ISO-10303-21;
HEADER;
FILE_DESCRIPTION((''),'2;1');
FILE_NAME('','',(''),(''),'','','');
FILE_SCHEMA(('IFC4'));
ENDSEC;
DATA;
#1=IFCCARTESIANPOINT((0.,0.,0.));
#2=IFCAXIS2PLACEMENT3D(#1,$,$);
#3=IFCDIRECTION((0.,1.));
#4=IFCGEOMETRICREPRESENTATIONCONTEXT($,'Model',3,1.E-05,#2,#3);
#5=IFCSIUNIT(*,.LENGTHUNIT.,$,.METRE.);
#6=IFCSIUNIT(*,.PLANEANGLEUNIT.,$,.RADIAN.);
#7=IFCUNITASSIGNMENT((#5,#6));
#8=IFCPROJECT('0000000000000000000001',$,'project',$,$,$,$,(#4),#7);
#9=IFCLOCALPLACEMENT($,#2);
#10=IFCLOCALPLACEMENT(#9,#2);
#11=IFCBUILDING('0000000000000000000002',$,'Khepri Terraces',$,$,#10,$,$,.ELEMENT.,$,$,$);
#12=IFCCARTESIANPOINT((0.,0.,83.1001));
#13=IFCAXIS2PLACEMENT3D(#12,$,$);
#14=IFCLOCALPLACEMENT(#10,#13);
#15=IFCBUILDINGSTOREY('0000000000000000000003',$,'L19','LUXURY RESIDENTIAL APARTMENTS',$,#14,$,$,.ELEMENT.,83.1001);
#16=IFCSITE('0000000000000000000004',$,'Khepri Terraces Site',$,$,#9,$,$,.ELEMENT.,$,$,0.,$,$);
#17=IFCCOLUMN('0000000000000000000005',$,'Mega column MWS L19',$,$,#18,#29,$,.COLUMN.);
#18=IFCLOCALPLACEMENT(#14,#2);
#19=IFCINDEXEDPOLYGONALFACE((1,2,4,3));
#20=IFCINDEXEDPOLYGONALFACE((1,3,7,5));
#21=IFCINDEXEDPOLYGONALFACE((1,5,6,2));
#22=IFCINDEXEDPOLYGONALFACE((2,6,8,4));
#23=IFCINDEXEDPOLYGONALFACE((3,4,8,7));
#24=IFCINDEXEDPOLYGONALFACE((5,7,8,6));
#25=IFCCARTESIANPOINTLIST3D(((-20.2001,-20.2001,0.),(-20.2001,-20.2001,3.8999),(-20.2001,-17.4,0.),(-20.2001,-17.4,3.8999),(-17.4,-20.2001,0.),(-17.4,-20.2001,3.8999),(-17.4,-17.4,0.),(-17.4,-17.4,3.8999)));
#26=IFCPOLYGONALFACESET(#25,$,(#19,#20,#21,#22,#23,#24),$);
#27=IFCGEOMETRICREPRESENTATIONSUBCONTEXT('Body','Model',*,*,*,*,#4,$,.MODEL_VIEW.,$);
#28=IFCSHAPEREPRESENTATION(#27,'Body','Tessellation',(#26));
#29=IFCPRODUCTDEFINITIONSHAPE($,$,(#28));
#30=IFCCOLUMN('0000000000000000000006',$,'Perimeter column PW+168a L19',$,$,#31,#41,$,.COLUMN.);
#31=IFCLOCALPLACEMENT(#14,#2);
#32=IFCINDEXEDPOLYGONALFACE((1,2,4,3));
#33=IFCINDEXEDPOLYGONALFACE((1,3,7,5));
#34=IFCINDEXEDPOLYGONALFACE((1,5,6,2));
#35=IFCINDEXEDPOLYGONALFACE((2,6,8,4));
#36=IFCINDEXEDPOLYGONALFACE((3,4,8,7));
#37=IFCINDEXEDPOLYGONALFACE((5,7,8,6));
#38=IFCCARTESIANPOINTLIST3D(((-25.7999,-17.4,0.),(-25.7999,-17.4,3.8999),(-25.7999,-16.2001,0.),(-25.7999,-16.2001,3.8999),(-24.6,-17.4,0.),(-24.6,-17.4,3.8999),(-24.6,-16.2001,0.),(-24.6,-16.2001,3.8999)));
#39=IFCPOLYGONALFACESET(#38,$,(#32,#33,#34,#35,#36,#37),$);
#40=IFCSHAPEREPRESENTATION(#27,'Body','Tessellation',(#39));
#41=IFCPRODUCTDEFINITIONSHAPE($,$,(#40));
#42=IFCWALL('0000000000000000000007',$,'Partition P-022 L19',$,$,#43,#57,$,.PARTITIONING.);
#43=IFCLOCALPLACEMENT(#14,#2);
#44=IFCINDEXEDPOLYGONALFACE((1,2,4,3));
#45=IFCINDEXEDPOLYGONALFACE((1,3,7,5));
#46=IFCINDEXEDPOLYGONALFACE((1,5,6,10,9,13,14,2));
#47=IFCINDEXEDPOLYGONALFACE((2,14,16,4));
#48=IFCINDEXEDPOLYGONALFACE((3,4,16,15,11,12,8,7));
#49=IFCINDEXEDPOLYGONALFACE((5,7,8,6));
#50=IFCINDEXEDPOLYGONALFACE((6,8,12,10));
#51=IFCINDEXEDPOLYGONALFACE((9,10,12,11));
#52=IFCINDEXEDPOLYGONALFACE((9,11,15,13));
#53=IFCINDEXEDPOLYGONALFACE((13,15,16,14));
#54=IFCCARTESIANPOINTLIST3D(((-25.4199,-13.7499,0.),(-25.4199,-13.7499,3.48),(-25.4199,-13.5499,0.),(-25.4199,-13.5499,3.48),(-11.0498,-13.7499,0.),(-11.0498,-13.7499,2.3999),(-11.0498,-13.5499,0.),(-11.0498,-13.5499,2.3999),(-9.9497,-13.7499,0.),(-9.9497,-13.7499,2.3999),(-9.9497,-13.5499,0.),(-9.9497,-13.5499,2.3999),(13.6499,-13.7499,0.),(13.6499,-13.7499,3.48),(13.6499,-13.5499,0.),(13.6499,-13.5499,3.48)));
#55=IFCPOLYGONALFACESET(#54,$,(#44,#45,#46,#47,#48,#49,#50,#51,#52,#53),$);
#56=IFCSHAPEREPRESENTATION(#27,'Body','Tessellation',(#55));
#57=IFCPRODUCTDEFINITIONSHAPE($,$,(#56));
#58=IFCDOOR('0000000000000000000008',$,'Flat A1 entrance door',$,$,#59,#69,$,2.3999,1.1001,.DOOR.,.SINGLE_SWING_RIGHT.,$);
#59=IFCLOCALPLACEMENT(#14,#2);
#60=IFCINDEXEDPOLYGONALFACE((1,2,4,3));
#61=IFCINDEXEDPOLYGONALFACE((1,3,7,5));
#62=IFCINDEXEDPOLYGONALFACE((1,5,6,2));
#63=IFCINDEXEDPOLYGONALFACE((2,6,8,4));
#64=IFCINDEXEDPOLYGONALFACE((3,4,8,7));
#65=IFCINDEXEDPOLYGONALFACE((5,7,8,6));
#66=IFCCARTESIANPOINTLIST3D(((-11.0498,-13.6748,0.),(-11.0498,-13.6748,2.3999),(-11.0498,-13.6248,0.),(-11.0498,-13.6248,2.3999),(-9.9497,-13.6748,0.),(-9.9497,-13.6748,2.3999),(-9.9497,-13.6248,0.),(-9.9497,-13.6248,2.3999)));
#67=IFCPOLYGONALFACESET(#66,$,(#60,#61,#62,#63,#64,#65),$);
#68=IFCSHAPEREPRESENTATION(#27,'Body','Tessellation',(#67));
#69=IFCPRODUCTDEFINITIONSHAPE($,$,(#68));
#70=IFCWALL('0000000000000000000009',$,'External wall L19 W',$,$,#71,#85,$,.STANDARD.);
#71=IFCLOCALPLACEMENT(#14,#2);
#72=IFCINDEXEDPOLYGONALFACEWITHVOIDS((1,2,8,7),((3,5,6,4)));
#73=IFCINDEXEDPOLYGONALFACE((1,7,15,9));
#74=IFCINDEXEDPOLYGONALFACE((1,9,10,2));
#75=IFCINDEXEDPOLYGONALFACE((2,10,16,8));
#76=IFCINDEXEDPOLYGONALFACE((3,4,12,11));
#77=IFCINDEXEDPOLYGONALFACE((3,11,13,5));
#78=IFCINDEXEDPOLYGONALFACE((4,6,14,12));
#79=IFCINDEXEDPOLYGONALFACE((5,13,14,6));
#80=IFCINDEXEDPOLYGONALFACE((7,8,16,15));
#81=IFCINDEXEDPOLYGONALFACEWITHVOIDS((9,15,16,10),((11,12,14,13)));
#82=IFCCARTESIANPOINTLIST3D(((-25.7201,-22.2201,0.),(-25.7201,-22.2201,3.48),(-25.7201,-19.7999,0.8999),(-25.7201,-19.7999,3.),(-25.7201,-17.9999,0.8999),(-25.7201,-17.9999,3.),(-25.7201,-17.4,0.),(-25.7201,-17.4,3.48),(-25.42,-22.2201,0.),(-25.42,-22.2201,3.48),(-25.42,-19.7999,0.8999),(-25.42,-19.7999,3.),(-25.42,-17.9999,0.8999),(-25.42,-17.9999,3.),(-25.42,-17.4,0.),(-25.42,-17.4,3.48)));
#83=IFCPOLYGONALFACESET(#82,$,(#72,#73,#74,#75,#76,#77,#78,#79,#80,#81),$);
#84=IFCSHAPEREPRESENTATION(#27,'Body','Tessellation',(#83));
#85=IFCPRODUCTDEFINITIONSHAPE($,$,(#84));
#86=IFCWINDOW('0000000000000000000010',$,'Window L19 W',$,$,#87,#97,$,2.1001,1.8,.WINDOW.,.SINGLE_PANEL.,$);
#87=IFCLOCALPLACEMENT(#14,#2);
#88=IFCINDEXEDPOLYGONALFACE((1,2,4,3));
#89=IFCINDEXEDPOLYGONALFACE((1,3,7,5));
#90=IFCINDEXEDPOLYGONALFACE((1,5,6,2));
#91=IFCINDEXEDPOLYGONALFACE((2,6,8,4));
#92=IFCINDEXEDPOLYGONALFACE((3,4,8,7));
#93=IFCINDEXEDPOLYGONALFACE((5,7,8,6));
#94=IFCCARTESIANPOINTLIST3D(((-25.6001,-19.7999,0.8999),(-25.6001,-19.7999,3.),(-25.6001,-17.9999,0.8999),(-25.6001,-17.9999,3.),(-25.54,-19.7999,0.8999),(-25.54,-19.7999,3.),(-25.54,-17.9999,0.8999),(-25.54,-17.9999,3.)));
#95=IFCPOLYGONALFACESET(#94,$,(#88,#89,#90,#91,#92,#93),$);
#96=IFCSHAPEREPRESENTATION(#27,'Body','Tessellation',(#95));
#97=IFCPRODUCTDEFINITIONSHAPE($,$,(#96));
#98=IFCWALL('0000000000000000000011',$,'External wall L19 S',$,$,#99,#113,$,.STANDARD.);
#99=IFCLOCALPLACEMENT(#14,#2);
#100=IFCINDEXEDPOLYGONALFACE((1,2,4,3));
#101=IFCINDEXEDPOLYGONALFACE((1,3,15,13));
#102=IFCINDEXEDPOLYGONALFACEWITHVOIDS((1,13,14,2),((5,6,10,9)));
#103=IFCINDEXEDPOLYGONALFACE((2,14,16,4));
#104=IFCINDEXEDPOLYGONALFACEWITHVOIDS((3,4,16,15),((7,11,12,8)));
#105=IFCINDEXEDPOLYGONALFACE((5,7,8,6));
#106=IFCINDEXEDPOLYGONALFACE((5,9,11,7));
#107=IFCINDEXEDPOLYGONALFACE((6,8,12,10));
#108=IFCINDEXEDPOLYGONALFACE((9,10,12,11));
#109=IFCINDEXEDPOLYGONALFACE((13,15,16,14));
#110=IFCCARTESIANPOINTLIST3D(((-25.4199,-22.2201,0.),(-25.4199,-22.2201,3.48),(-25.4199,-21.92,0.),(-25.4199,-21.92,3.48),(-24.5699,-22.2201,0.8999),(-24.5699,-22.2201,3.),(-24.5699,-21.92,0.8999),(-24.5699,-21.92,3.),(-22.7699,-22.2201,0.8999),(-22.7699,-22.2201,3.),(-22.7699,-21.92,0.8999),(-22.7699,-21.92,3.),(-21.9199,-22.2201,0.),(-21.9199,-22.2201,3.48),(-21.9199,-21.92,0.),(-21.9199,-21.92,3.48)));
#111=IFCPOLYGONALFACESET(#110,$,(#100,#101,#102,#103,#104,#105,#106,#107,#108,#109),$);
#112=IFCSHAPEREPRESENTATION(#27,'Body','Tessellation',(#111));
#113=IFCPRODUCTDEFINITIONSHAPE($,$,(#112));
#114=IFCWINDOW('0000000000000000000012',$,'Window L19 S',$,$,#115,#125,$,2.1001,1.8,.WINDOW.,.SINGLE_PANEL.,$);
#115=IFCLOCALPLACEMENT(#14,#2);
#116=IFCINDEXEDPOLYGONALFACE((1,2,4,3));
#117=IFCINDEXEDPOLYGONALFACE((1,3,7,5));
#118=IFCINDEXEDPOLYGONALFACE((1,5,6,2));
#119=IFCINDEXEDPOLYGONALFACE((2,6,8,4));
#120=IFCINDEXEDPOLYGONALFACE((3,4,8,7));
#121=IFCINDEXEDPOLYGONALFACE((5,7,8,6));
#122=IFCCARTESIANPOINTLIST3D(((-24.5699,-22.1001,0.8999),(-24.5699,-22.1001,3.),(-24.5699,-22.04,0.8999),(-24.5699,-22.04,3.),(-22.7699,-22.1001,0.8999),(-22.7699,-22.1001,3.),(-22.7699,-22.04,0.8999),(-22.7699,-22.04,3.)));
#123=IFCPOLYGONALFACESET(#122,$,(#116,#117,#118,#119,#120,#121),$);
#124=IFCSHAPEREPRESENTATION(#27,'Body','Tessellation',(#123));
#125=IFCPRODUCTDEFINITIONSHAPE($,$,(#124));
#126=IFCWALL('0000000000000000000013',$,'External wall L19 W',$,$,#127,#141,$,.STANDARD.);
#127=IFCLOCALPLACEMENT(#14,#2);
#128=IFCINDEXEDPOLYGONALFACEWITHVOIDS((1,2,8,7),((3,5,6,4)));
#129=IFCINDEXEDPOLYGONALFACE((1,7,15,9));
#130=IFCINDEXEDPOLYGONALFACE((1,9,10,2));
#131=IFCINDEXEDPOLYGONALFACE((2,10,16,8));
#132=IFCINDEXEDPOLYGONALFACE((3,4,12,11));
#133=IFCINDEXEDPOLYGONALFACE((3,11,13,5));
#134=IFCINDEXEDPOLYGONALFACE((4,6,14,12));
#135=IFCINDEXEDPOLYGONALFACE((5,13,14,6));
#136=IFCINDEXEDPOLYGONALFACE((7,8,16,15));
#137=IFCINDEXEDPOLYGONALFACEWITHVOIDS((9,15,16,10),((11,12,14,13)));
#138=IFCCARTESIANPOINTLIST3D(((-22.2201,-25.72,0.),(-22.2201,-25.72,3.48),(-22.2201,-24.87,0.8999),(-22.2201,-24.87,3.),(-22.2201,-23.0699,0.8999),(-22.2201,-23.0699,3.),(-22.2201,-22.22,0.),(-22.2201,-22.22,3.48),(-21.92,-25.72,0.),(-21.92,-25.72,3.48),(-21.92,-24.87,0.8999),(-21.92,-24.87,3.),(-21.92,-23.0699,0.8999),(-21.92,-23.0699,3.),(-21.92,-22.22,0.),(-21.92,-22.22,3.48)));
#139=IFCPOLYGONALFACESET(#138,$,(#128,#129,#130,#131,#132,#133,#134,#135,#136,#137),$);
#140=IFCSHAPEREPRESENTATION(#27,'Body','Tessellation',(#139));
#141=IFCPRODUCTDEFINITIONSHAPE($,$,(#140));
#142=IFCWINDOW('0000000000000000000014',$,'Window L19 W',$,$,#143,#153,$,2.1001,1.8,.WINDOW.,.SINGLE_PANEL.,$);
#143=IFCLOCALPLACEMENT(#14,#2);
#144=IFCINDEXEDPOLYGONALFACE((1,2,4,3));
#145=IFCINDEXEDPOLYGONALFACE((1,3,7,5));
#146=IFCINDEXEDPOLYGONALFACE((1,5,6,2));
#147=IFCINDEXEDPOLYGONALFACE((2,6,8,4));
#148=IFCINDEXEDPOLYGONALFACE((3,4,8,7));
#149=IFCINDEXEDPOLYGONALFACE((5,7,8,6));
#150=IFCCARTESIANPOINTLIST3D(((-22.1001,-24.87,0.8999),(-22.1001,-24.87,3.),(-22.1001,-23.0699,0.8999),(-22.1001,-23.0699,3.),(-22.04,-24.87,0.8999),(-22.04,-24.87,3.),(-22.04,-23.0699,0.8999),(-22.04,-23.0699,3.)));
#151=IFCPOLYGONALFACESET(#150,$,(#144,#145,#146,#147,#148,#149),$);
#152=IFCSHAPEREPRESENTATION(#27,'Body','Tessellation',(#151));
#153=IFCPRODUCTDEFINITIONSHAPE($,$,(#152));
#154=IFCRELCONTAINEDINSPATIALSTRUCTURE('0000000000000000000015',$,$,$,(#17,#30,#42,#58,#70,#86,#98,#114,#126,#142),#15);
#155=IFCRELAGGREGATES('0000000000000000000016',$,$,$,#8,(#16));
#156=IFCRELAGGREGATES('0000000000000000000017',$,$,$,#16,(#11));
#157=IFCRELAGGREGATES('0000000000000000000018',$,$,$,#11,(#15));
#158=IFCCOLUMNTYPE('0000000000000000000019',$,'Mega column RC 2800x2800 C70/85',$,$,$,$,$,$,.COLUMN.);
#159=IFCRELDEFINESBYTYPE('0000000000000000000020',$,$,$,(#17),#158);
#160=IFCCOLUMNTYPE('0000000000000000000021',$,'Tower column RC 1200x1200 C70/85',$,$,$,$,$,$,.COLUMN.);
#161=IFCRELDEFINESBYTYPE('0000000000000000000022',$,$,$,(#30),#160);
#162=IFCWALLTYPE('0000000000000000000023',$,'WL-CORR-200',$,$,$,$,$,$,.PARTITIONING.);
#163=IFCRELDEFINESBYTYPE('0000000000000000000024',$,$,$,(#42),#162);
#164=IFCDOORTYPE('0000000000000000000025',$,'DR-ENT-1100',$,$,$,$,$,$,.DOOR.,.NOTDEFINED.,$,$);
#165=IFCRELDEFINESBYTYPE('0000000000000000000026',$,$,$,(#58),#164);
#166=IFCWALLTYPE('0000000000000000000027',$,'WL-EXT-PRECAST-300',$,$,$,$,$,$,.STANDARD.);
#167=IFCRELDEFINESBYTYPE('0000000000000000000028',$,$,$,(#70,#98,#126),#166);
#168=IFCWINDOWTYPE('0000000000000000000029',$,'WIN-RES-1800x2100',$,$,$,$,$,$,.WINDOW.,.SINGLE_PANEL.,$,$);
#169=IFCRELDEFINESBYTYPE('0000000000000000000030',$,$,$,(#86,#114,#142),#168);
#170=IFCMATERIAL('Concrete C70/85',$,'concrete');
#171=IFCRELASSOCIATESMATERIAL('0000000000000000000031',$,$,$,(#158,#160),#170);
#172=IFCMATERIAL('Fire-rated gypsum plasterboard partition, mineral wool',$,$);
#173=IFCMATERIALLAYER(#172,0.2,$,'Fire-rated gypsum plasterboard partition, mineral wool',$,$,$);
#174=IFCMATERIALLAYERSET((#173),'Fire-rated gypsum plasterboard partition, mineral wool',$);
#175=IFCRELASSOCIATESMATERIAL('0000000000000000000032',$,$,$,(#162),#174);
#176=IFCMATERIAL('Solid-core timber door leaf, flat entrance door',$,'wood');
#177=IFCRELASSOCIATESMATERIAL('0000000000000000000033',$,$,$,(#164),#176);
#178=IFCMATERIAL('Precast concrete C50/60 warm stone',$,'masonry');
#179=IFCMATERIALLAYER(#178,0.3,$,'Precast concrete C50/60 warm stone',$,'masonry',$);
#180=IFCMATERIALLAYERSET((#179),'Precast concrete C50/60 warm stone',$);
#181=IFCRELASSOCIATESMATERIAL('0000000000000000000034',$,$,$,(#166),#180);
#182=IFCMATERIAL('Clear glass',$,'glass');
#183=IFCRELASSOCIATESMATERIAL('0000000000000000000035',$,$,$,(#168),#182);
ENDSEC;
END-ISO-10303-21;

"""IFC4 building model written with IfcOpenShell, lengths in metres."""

from ifc_helpers import new_model, si_unit, direction, frame, frame_2d, origin, origin_2d, place, context, subcontext, project, spatial, rectangle, extrude, material, layer, layer_set, material_profile, profile_set, type_object, element, fill, save


model = new_model("IFC4")

# Units and contexts
model_context = context("Model", 3, precision=1e-05, world=origin(), true_north=direction((0.0, 1.0)))
body_context = subcontext(model_context, "Body", "Model", "MODEL_VIEW")
ifc_project = project(units=[si_unit("LENGTHUNIT", "METRE"), si_unit("PLANEANGLEUNIT", "RADIAN")], contexts=[model_context])

# Site, building, storey
site_placement = place(None, origin())
site = spatial("IfcSite", under=ifc_project, at=site_placement, Name="Khepri Terraces Site", CompositionType="ELEMENT", RefElevation=0.0)
building_placement = place(site_placement, origin())
building = spatial("IfcBuilding", under=site, at=building_placement, Name="Khepri Terraces", CompositionType="ELEMENT")
storey_placement = place(building_placement, frame((0.0, 0.0, 83.1001)))
storey = spatial("IfcBuildingStorey", under=building, at=storey_placement, Name="L19", Description="LUXURY RESIDENTIAL APARTMENTS", CompositionType="ELEMENT", Elevation=83.1001)

# Columns
ifc_material_1 = material(Name="Concrete C70/85", Category="concrete")
ifc_material_profile_1 = material_profile(ifc_material_1, rectangle(XDim=2.8, YDim=2.8, at=origin_2d()), Name="Concrete C70/85", Category="concrete")
ifc_profile_set_1 = profile_set([ifc_material_profile_1], Name="Concrete C70/85")
column_type_1 = type_object("IfcColumnType", Name="Mega column RC 2800x2800 C70/85", PredefinedType="COLUMN", material=ifc_profile_set_1)
column_1_placement = place(storey_placement, frame((-18.8, -18.8, 0.0), z_axis=(0.0, 0.0, 1.0), x_axis=(1.0, 0.0, 0.0)))
element("IfcColumn", 1, at=column_1_placement, inside=storey, type_object=column_type_1, Name="Mega column MWS L19", PredefinedType="COLUMN", context=body_context, shape_type="SweptSolid", body=[
    extrude(rectangle(XDim=2.8, YDim=2.8, at=origin_2d()), origin(), (0.0, 0.0, 1.0), 3.8999),
])
ifc_material_profile_2 = material_profile(ifc_material_1, rectangle(XDim=1.2, YDim=1.2, at=origin_2d()), Name="Concrete C70/85", Category="concrete")
ifc_profile_set_2 = profile_set([ifc_material_profile_2], Name="Concrete C70/85")
column_type_2 = type_object("IfcColumnType", Name="Tower column RC 1200x1200 C70/85", PredefinedType="COLUMN", material=ifc_profile_set_2)
column_2_placement = place(storey_placement, frame((-25.2, -16.8, 0.0), z_axis=(0.0, 0.0, 1.0), x_axis=(1.0, 0.0, 0.0)))
element("IfcColumn", 2, at=column_2_placement, inside=storey, type_object=column_type_2, Name="Perimeter column PW+168a L19", PredefinedType="COLUMN", context=body_context, shape_type="SweptSolid", body=[
    extrude(rectangle(XDim=1.2, YDim=1.2, at=origin_2d()), origin(), (0.0, 0.0, 1.0), 3.8999),
])

# Wall, opening, door
ifc_material_2 = material(Name="Fire-rated gypsum plasterboard partition, mineral wool")
ifc_layer_1 = layer(ifc_material_2, 0.2, Name="Fire-rated gypsum plasterboard partition, mineral wool")
ifc_layer_set_1 = layer_set([ifc_layer_1], Name="Fire-rated gypsum plasterboard partition, mineral wool")
wall_type_1 = type_object("IfcWallType", Name="WL-CORR-200", PredefinedType="PARTITIONING", material=ifc_layer_set_1)
wall_1_placement = place(storey_placement, frame((-25.4199, -13.6499, 0.0), z_axis=(0.0, 0.0, 1.0), x_axis=(1.0, 0.0, 0.0)))
wall_1 = element("IfcWall", 3, at=wall_1_placement, inside=storey, type_object=wall_type_1, Name="Partition P-022 L19", PredefinedType="PARTITIONING", context=body_context, shape_type="SweptSolid", body=[
    extrude(rectangle(XDim=39.0698, YDim=0.2, at=frame_2d((19.5349, 0.0))), origin(), (0.0, 0.0, 1.0), 3.48),
])
opening_1_placement = place(wall_1_placement, frame((14.3701, 0.0, 0.0)))
opening_1 = element("IfcOpeningElement", 4, at=opening_1_placement, cuts=wall_1, PredefinedType="OPENING", context=body_context, shape_type="SweptSolid", body=[
    extrude(rectangle(XDim=1.1001, YDim=2.3999, at=frame_2d((0.55, 1.2))), frame((0.0, 0.1099, 0.0), z_axis=(0.0, -1.0, 0.0), x_axis=(1.0, 0.0, 0.0)), (0.0, 0.0, 1.0), 0.22),
])
ifc_material_3 = material(Name="Solid-core timber door leaf, flat entrance door", Category="wood")
door_type_1 = type_object("IfcDoorType", Name="DR-ENT-1100", OperationType="NOTDEFINED", PredefinedType="DOOR", material=ifc_material_3)
door_1_placement = place(opening_1_placement, frame((1.1001, 0.0, 0.0), z_axis=(0.0, 0.0, 1.0), x_axis=(-1.0, 0.0, 0.0)))
door_1 = element("IfcDoor", 5, at=door_1_placement, inside=storey, type_object=door_type_1, Name="Flat A1 entrance door", OperationType="SINGLE_SWING_RIGHT", OverallHeight=2.3999, OverallWidth=1.1001, PredefinedType="DOOR", context=body_context, shape_type="SweptSolid", body=[
    extrude(rectangle(XDim=1.1001, YDim=2.3999, at=frame_2d((0.55, 1.2))), frame((0.0, 0.0249, 0.0), z_axis=(0.0, -1.0, 0.0), x_axis=(1.0, 0.0, 0.0)), (0.0, 0.0, 1.0), 0.05),
])
fill(opening_1, door_1)

# Walls, openings, windows
ifc_material_4 = material(Name="Precast concrete C50/60 warm stone", Category="masonry")
ifc_layer_2 = layer(ifc_material_4, 0.3, Name="Precast concrete C50/60 warm stone", Category="masonry")
ifc_layer_set_2 = layer_set([ifc_layer_2], Name="Precast concrete C50/60 warm stone")
wall_type_2 = type_object("IfcWallType", Name="WL-EXT-PRECAST-300", PredefinedType="STANDARD", material=ifc_layer_set_2)
wall_2_placement = place(storey_placement, frame((-25.5701, -17.3999, 0.0), z_axis=(0.0, 0.0, 1.0), x_axis=(0.0, -1.0, 0.0)))
wall_2 = element("IfcWall", 6, at=wall_2_placement, inside=storey, type_object=wall_type_2, Name="External wall L19 W", PredefinedType="STANDARD", context=body_context, shape_type="SweptSolid", body=[
    extrude(rectangle(XDim=4.8201, YDim=0.3, at=frame_2d((2.4102, 0.0))), origin(), (0.0, 0.0, 1.0), 3.48),
])
opening_2_placement = place(wall_2_placement, frame((0.6001, 0.0, 0.8999)))
opening_2 = element("IfcOpeningElement", 7, at=opening_2_placement, cuts=wall_2, PredefinedType="OPENING", context=body_context, shape_type="SweptSolid", body=[
    extrude(rectangle(XDim=1.8, YDim=2.1001, at=frame_2d((0.8999, 1.05))), frame((0.0, 0.1602, 0.0), z_axis=(0.0, -1.0, 0.0), x_axis=(1.0, 0.0, 0.0)), (0.0, 0.0, 1.0), 0.3201),
])
ifc_material_5 = material(Name="Clear glass", Category="glass")
window_type = type_object("IfcWindowType", Name="WIN-RES-1800x2100", PartitioningType="SINGLE_PANEL", PredefinedType="WINDOW", material=ifc_material_5)
window_1_placement = place(opening_2_placement, origin())
window_1 = element("IfcWindow", 8, at=window_1_placement, inside=storey, type_object=window_type, Name="Window L19 W", OverallHeight=2.1001, OverallWidth=1.8, PartitioningType="SINGLE_PANEL", PredefinedType="WINDOW", context=body_context, shape_type="SweptSolid", body=[
    extrude(rectangle(XDim=1.8, YDim=2.1001, at=frame_2d((0.8999, 1.05))), frame((0.0, 0.03, 0.0), z_axis=(0.0, -1.0, 0.0), x_axis=(1.0, 0.0, 0.0)), (0.0, 0.0, 1.0), 0.0601),
])
fill(opening_2, window_1)
wall_3_placement = place(storey_placement, frame((-25.4199, -22.0701, 0.0), z_axis=(0.0, 0.0, 1.0), x_axis=(1.0, 0.0, 0.0)))
wall_3 = element("IfcWall", 9, at=wall_3_placement, inside=storey, type_object=wall_type_2, Name="External wall L19 S", PredefinedType="STANDARD", context=body_context, shape_type="SweptSolid", body=[
    extrude(rectangle(XDim=3.5, YDim=0.3, at=frame_2d((1.75, 0.0))), origin(), (0.0, 0.0, 1.0), 3.48),
])
opening_3_placement = place(wall_3_placement, frame((0.8501, 0.0, 0.8999)))
opening_3 = element("IfcOpeningElement", 10, at=opening_3_placement, cuts=wall_3, PredefinedType="OPENING", context=body_context, shape_type="SweptSolid", body=[
    extrude(rectangle(XDim=1.8, YDim=2.1001, at=frame_2d((0.8999, 1.05))), frame((0.0, 0.1602, 0.0), z_axis=(0.0, -1.0, 0.0), x_axis=(1.0, 0.0, 0.0)), (0.0, 0.0, 1.0), 0.3201),
])
window_2_placement = place(opening_3_placement, origin())
window_2 = element("IfcWindow", 11, at=window_2_placement, inside=storey, type_object=window_type, Name="Window L19 S", OverallHeight=2.1001, OverallWidth=1.8, PartitioningType="SINGLE_PANEL", PredefinedType="WINDOW", context=body_context, shape_type="SweptSolid", body=[
    extrude(rectangle(XDim=1.8, YDim=2.1001, at=frame_2d((0.8999, 1.05))), frame((0.0, 0.03, 0.0), z_axis=(0.0, -1.0, 0.0), x_axis=(1.0, 0.0, 0.0)), (0.0, 0.0, 1.0), 0.0601),
])
fill(opening_3, window_2)
wall_4_placement = place(storey_placement, frame((-22.0701, -22.22, 0.0), z_axis=(0.0, 0.0, 1.0), x_axis=(0.0, -1.0, 0.0)))
wall_4 = element("IfcWall", 12, at=wall_4_placement, inside=storey, type_object=wall_type_2, Name="External wall L19 W", PredefinedType="STANDARD", context=body_context, shape_type="SweptSolid", body=[
    extrude(rectangle(XDim=3.5, YDim=0.3, at=frame_2d((1.75, 0.0))), origin(), (0.0, 0.0, 1.0), 3.48),
])
opening_4_placement = place(wall_4_placement, frame((0.8501, 0.0, 0.8999)))
opening_4 = element("IfcOpeningElement", 13, at=opening_4_placement, cuts=wall_4, PredefinedType="OPENING", context=body_context, shape_type="SweptSolid", body=[
    extrude(rectangle(XDim=1.8, YDim=2.1001, at=frame_2d((0.8999, 1.05))), frame((0.0, 0.1602, 0.0), z_axis=(0.0, -1.0, 0.0), x_axis=(1.0, 0.0, 0.0)), (0.0, 0.0, 1.0), 0.3201),
])
window_3_placement = place(opening_4_placement, origin())
window_3 = element("IfcWindow", 14, at=window_3_placement, inside=storey, type_object=window_type, Name="Window L19 W", OverallHeight=2.1001, OverallWidth=1.8, PartitioningType="SINGLE_PANEL", PredefinedType="WINDOW", context=body_context, shape_type="SweptSolid", body=[
    extrude(rectangle(XDim=1.8, YDim=2.1001, at=frame_2d((0.8999, 1.05))), frame((0.0, 0.03, 0.0), z_axis=(0.0, -1.0, 0.0), x_axis=(1.0, 0.0, 0.0)), (0.0, 0.0, 1.0), 0.0601),
])
fill(opening_4, window_3)

save(model, "model.ifc")
